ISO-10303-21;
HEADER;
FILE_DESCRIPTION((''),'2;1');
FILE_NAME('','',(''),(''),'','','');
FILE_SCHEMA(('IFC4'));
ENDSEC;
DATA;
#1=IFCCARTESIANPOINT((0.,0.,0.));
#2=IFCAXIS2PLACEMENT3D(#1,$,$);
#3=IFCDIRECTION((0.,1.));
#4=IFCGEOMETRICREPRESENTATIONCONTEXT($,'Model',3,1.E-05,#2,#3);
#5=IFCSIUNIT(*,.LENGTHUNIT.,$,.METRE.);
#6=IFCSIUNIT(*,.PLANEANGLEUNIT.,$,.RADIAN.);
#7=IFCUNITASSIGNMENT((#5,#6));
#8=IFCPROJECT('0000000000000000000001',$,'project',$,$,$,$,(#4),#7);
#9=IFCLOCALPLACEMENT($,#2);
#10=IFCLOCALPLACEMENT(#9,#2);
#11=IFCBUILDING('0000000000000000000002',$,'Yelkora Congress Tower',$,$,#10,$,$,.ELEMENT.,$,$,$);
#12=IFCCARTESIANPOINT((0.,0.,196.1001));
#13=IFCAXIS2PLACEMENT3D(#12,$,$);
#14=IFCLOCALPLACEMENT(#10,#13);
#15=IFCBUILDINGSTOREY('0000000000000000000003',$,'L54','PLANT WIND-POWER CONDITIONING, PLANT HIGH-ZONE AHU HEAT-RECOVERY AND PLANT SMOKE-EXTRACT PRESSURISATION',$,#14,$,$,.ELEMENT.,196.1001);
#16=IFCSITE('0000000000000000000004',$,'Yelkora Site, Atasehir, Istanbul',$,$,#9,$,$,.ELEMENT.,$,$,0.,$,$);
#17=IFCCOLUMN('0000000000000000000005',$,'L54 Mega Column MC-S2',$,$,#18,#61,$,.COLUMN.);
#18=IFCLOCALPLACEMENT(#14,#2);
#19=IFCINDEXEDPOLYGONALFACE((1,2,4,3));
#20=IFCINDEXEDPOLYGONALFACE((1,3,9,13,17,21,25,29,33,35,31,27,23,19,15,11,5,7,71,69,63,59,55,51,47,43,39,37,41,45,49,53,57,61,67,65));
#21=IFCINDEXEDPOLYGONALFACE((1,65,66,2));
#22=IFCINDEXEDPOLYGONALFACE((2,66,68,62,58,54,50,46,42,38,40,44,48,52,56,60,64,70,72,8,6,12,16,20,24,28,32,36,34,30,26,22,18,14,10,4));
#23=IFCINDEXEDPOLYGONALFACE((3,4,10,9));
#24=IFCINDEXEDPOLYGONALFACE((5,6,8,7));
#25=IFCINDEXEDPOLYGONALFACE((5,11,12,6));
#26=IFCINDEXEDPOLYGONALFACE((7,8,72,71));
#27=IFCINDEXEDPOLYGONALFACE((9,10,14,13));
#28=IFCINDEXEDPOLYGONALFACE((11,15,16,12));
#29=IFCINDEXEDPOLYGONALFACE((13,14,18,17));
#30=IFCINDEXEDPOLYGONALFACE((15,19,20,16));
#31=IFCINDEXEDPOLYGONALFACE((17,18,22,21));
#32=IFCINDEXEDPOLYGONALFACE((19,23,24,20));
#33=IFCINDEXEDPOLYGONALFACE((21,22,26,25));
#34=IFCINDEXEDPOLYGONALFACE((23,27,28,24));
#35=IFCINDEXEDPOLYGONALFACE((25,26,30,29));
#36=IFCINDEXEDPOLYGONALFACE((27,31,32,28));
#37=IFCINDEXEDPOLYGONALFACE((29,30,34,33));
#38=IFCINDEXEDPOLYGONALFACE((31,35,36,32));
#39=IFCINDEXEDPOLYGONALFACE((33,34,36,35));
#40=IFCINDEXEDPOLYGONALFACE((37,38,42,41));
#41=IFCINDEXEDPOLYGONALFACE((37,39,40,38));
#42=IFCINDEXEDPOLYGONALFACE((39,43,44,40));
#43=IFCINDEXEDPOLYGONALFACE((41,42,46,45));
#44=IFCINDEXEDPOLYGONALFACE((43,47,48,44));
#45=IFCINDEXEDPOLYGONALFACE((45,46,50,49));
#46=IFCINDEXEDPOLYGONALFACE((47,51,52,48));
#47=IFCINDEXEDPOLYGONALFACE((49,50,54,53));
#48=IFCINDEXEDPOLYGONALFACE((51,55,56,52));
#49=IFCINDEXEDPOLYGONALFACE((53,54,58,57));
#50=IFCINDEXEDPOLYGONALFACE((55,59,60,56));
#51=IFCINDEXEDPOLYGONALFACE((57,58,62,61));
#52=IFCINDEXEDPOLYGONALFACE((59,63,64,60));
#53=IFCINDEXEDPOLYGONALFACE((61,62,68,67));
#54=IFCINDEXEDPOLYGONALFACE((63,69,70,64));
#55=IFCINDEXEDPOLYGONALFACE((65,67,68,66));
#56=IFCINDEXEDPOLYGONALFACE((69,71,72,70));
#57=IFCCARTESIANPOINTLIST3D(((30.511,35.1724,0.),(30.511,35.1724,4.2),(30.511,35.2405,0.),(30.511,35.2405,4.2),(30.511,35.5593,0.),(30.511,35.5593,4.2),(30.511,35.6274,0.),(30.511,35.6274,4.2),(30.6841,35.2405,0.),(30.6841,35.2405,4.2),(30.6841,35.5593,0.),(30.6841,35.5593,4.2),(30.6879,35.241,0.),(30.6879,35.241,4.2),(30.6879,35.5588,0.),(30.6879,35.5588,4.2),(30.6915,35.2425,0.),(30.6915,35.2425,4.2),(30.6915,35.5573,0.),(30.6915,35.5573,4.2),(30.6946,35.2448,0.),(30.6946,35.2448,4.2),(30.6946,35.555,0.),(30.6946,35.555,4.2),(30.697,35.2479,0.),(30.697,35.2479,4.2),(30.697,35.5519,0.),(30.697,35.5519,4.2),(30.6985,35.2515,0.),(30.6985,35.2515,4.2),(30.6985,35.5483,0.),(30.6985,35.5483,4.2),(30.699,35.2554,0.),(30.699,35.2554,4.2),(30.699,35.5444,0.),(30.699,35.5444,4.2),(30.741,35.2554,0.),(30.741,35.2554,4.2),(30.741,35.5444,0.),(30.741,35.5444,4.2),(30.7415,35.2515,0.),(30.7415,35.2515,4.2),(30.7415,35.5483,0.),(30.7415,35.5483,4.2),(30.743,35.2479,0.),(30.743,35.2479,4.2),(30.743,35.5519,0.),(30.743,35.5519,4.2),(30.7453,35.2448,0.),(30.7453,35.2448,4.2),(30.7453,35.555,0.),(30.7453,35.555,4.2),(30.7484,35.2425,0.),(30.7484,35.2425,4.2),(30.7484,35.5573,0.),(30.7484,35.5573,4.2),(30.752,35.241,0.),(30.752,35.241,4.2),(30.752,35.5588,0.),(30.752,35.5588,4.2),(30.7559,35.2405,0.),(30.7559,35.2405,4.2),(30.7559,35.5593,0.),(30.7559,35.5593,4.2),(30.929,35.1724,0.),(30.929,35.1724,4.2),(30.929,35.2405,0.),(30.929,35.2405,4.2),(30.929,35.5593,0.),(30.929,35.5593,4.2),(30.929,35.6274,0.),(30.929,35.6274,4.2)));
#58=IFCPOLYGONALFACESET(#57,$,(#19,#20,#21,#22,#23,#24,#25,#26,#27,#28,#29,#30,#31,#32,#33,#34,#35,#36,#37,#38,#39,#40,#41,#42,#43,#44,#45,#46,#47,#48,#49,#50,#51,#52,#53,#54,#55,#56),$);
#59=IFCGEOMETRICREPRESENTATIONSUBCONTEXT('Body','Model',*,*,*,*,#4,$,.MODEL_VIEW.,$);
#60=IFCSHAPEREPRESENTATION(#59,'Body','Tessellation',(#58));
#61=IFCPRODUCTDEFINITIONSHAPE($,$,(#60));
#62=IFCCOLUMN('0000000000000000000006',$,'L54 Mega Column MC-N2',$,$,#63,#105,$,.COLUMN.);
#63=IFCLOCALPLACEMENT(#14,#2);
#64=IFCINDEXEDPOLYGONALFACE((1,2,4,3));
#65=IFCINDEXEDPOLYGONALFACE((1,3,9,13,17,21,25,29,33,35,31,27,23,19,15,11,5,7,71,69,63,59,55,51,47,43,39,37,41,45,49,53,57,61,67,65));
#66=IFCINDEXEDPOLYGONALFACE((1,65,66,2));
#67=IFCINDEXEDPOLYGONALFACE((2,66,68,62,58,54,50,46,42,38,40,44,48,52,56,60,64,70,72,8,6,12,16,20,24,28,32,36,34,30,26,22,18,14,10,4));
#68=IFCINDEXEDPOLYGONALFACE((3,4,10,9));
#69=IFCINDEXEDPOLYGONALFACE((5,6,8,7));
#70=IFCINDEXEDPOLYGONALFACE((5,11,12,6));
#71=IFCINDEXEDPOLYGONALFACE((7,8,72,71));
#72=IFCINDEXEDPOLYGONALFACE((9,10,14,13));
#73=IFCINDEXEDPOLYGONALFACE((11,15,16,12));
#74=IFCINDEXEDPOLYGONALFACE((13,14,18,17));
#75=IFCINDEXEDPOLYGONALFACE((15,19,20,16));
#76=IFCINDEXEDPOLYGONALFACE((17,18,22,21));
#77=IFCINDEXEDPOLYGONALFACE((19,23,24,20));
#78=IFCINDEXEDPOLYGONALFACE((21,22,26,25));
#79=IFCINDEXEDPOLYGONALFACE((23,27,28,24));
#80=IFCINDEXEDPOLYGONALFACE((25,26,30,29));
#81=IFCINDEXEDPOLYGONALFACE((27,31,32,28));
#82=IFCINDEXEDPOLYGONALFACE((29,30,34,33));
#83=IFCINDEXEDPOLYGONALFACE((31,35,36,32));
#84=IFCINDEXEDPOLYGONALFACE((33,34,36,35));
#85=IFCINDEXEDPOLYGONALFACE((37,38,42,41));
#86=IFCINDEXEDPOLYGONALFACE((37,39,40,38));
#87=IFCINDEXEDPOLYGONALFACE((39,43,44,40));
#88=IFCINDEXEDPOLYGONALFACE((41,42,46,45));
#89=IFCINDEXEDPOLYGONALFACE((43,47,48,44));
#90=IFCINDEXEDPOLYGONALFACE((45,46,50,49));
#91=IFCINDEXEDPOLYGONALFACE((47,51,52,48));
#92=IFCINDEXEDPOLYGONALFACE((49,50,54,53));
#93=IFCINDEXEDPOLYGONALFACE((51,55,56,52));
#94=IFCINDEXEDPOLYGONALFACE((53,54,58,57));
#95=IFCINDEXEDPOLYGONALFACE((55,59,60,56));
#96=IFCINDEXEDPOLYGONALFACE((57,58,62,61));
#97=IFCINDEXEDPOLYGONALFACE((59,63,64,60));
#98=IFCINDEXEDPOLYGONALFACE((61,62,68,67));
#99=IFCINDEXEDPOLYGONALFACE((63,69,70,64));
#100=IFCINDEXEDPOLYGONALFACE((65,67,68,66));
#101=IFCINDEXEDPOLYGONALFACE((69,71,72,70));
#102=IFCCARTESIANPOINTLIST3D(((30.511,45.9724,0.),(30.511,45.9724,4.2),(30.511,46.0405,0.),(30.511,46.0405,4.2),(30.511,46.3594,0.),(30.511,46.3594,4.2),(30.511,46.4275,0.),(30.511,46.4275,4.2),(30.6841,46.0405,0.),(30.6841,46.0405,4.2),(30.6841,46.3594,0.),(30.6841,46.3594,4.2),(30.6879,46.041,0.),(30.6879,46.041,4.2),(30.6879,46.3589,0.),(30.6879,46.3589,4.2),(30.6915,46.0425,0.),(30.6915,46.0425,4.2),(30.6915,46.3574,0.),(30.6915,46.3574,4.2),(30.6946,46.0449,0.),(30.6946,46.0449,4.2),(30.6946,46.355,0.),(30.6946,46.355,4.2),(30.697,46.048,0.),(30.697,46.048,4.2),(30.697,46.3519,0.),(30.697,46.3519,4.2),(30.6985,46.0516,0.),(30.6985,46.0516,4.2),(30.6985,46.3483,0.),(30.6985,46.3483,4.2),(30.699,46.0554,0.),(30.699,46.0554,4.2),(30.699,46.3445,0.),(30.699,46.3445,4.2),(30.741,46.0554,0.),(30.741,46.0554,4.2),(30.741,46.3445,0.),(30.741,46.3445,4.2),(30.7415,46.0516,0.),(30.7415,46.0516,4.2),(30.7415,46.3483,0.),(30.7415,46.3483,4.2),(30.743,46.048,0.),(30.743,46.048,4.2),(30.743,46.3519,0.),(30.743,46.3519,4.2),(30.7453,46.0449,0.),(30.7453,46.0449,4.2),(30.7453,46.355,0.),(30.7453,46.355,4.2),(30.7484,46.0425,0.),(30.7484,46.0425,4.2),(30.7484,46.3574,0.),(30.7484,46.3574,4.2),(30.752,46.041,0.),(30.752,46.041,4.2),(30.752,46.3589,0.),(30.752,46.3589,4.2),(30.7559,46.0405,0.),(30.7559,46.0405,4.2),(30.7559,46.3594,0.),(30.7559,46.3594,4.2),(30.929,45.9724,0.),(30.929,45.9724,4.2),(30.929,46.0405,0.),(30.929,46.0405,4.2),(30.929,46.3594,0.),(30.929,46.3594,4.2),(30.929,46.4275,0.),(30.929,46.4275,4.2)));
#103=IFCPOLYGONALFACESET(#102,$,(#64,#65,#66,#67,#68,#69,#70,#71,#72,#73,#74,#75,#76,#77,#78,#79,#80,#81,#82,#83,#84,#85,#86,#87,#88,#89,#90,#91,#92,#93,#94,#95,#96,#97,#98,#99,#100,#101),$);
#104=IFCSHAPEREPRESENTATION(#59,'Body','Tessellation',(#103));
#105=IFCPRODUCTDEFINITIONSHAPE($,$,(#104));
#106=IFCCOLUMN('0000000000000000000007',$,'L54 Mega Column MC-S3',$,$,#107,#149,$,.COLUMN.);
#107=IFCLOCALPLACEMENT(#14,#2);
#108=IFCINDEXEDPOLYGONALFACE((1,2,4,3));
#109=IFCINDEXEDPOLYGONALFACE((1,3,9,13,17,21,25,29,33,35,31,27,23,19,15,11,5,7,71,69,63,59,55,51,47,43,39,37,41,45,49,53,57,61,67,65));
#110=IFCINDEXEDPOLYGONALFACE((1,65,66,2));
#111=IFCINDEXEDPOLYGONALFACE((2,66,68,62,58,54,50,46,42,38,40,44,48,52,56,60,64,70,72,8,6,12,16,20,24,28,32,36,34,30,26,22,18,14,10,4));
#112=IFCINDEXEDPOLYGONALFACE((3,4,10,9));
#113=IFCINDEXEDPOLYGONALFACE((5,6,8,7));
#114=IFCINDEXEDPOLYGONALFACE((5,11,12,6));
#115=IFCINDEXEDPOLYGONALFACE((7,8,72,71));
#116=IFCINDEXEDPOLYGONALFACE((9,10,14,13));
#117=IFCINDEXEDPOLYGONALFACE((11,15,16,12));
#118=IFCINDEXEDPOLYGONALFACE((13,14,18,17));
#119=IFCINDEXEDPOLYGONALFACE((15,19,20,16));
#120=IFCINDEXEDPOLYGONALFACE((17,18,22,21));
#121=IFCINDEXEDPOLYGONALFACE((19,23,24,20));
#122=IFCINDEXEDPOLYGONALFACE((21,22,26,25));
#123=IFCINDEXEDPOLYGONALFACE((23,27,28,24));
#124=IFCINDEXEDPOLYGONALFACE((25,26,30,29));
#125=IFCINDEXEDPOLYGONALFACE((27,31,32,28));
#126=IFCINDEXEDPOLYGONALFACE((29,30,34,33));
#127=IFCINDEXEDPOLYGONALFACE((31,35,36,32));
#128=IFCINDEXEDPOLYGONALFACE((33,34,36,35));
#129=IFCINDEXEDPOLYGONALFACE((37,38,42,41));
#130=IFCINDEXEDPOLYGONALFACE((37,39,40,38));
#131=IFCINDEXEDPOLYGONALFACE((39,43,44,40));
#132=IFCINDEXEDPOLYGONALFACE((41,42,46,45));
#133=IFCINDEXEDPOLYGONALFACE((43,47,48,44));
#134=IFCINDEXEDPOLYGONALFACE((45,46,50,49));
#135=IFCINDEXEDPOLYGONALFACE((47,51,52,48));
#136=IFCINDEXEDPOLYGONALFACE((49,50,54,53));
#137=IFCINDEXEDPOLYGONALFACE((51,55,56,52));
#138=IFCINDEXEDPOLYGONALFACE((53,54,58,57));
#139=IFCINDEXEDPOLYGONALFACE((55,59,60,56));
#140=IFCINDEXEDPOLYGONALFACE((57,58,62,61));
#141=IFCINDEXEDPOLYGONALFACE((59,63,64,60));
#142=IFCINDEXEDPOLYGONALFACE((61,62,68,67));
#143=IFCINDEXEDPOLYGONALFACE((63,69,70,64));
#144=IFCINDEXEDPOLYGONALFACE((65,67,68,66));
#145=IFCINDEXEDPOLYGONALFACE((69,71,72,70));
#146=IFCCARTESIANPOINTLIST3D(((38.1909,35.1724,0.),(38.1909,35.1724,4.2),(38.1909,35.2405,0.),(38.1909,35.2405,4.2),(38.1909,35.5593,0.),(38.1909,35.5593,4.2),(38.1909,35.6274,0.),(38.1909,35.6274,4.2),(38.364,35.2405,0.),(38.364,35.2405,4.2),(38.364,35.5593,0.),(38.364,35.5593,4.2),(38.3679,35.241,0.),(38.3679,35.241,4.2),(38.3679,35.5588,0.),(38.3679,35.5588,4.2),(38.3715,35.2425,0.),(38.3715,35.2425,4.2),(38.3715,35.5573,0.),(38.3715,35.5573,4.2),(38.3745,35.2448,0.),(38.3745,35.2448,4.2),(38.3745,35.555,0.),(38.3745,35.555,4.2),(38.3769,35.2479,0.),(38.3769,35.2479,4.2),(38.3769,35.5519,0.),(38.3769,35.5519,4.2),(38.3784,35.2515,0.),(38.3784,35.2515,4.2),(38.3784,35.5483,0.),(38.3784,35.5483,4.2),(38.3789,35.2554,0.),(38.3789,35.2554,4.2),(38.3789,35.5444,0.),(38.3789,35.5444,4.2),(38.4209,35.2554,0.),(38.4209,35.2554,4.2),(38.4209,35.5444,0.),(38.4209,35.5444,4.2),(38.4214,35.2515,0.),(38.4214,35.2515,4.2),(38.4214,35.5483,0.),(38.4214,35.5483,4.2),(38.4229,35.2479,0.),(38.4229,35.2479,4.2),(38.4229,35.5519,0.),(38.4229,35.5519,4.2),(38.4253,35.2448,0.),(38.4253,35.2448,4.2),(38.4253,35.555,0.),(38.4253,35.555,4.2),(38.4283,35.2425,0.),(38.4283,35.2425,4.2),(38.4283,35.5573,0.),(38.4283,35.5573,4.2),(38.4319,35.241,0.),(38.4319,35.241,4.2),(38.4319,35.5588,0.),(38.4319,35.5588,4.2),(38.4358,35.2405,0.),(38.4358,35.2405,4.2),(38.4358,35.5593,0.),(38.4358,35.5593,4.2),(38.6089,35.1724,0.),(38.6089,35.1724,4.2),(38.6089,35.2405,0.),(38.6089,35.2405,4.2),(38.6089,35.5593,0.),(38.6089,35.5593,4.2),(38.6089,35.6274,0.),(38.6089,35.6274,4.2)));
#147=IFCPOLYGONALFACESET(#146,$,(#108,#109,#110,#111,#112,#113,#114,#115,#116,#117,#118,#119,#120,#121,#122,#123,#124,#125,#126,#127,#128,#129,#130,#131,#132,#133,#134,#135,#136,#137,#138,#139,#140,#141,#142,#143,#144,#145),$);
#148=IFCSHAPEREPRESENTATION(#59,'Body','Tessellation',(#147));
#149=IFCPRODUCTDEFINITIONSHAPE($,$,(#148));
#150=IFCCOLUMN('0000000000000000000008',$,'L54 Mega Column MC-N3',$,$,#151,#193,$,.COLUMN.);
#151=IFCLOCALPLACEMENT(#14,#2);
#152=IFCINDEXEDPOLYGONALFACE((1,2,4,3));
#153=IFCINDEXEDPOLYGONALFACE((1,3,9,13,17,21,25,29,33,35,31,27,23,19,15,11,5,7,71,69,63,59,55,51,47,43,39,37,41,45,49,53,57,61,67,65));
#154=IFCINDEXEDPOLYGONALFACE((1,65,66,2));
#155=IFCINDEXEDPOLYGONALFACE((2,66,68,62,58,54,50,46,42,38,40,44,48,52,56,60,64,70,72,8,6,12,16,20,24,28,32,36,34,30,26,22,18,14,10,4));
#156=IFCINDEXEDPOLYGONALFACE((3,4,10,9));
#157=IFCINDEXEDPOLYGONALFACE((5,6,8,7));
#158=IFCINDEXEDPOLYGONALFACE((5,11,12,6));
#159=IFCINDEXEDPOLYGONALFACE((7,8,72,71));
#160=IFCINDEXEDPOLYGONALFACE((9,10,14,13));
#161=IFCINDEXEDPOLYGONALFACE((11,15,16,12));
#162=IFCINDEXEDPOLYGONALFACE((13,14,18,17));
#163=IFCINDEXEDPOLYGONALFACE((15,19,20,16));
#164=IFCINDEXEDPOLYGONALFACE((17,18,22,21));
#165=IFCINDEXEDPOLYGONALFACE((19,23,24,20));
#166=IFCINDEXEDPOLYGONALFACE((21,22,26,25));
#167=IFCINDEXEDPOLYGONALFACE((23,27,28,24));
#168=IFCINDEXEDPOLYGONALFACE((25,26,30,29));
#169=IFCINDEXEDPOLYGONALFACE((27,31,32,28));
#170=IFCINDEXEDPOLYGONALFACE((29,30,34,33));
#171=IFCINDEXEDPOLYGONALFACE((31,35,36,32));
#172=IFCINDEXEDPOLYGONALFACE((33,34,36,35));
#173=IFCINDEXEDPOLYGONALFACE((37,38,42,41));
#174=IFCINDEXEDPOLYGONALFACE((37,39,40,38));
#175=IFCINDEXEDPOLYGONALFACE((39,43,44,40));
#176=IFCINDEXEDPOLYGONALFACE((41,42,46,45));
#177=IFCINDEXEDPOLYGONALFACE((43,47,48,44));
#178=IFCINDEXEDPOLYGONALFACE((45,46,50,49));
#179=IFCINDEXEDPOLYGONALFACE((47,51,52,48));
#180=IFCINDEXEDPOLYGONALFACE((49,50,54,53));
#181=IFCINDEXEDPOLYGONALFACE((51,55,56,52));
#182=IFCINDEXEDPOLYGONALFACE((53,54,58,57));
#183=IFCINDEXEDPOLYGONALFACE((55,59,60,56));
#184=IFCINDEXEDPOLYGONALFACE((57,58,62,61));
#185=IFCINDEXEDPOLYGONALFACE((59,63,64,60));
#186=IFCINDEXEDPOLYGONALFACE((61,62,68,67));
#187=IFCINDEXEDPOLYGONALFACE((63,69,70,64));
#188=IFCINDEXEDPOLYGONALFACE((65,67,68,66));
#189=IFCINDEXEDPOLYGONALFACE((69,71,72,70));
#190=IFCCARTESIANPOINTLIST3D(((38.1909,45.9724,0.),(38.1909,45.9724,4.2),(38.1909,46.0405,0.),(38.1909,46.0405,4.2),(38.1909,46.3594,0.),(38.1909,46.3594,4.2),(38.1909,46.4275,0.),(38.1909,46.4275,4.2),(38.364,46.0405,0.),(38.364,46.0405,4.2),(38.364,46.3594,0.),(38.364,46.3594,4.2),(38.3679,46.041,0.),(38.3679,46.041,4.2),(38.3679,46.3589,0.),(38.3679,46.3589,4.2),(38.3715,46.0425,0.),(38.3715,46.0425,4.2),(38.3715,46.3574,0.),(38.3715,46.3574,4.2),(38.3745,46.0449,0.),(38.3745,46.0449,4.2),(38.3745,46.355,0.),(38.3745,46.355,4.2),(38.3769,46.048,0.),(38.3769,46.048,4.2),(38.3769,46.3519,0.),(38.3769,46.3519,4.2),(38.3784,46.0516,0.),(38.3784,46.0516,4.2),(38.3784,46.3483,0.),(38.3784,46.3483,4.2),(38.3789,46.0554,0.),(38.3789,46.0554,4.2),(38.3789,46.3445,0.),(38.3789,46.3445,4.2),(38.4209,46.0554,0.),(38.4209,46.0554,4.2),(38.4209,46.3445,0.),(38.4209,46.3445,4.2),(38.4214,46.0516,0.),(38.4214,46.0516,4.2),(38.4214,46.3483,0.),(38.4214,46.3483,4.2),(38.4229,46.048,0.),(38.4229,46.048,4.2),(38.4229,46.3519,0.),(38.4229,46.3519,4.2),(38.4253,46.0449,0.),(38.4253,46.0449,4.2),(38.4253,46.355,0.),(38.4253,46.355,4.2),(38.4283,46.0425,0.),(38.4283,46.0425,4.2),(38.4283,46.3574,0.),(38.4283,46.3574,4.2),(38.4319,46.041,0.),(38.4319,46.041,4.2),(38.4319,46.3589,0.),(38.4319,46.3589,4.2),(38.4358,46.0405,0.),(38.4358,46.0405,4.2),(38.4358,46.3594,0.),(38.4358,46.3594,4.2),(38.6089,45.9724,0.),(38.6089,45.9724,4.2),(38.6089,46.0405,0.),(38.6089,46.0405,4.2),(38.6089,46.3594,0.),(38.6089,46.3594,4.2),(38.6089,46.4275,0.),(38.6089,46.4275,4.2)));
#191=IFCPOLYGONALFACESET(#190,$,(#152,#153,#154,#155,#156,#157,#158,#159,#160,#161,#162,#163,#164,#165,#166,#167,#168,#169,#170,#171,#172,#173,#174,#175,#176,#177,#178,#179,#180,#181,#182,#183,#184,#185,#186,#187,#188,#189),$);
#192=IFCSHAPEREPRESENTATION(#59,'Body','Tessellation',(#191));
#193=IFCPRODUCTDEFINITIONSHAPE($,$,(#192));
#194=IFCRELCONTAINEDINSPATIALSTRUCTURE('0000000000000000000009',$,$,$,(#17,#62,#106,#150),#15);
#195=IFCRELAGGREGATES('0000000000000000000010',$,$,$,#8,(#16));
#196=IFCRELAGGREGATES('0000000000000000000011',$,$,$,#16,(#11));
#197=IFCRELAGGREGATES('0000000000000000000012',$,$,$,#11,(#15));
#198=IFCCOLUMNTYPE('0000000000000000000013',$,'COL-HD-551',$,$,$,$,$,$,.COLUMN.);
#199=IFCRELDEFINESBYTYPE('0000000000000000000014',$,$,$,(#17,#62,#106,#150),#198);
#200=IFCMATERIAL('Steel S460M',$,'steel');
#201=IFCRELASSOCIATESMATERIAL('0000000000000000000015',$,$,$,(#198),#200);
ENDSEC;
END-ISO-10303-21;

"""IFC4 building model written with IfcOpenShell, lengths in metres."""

from ifc_helpers import new_model, si_unit, direction, frame, origin, origin_2d, place, context, subcontext, project, spatial, i_section, extrude, material, material_profile, profile_set, type_object, element, save


model = new_model("IFC4")

# Units and contexts
model_context = context("Model", 3, precision=1e-05, world=origin(), true_north=direction((0.0, 1.0)))
body_context = subcontext(model_context, "Body", "Model", "MODEL_VIEW")
ifc_project = project(units=[si_unit("LENGTHUNIT", "METRE"), si_unit("PLANEANGLEUNIT", "RADIAN")], contexts=[model_context])

# Site, building, storey
site_placement = place(None, origin())
site = spatial("IfcSite", under=ifc_project, at=site_placement, Name="Yelkora Site, Atasehir, Istanbul", CompositionType="ELEMENT", RefElevation=0.0)
building_placement = place(site_placement, origin())
building = spatial("IfcBuilding", under=site, at=building_placement, Name="Yelkora Congress Tower", CompositionType="ELEMENT")
storey_placement = place(building_placement, frame((0.0, 0.0, 196.1001)))
storey = spatial("IfcBuildingStorey", under=building, at=storey_placement, Name="L54", Description="PLANT WIND-POWER CONDITIONING, PLANT HIGH-ZONE AHU HEAT-RECOVERY AND PLANT SMOKE-EXTRACT PRESSURISATION", CompositionType="ELEMENT", Elevation=196.1001)

# Columns
ifc_material_1 = material(Name="Steel S460M", Category="steel")
ifc_material_profile_1 = material_profile(ifc_material_1, i_section(OverallWidth=0.418, OverallDepth=0.4551, WebThickness=0.042, FlangeThickness=0.0681, FilletRadius=0.0149, at=origin_2d()), Name="HD 400x551")
ifc_profile_set_1 = profile_set([ifc_material_profile_1], Name="Steel S460M")
column_type = type_object("IfcColumnType", Name="COL-HD-551", PredefinedType="COLUMN", material=ifc_profile_set_1)
for number, where, z_axis, x_axis, name in (
    (1, (30.72, 35.3999, 0.0), (0.0, 0.0, 1.0), (1.0, 0.0, 0.0), "L54 Mega Column MC-S2"),
    (2, (30.72, 46.2, 0.0), (0.0, 0.0, 1.0), (1.0, 0.0, 0.0), "L54 Mega Column MC-N2"),
    (3, (38.3999, 35.3999, 0.0), (0.0, 0.0, 1.0), (1.0, 0.0, 0.0), "L54 Mega Column MC-S3"),
    (4, (38.3999, 46.2, 0.0), (0.0, 0.0, 1.0), (1.0, 0.0, 0.0), "L54 Mega Column MC-N3"),
):
    element("IfcColumn", number, at=place(storey_placement, frame(where, z_axis=z_axis, x_axis=x_axis)), inside=storey, type_object=column_type, Name=name, PredefinedType="COLUMN", context=body_context, shape_type="SweptSolid", body=[
        extrude(i_section(OverallWidth=0.418, OverallDepth=0.4551, WebThickness=0.042, FlangeThickness=0.0681, FilletRadius=0.0149, at=origin_2d()), origin(), (0.0, 0.0, 1.0), 4.2),
    ])

save(model, "model.ifc")
